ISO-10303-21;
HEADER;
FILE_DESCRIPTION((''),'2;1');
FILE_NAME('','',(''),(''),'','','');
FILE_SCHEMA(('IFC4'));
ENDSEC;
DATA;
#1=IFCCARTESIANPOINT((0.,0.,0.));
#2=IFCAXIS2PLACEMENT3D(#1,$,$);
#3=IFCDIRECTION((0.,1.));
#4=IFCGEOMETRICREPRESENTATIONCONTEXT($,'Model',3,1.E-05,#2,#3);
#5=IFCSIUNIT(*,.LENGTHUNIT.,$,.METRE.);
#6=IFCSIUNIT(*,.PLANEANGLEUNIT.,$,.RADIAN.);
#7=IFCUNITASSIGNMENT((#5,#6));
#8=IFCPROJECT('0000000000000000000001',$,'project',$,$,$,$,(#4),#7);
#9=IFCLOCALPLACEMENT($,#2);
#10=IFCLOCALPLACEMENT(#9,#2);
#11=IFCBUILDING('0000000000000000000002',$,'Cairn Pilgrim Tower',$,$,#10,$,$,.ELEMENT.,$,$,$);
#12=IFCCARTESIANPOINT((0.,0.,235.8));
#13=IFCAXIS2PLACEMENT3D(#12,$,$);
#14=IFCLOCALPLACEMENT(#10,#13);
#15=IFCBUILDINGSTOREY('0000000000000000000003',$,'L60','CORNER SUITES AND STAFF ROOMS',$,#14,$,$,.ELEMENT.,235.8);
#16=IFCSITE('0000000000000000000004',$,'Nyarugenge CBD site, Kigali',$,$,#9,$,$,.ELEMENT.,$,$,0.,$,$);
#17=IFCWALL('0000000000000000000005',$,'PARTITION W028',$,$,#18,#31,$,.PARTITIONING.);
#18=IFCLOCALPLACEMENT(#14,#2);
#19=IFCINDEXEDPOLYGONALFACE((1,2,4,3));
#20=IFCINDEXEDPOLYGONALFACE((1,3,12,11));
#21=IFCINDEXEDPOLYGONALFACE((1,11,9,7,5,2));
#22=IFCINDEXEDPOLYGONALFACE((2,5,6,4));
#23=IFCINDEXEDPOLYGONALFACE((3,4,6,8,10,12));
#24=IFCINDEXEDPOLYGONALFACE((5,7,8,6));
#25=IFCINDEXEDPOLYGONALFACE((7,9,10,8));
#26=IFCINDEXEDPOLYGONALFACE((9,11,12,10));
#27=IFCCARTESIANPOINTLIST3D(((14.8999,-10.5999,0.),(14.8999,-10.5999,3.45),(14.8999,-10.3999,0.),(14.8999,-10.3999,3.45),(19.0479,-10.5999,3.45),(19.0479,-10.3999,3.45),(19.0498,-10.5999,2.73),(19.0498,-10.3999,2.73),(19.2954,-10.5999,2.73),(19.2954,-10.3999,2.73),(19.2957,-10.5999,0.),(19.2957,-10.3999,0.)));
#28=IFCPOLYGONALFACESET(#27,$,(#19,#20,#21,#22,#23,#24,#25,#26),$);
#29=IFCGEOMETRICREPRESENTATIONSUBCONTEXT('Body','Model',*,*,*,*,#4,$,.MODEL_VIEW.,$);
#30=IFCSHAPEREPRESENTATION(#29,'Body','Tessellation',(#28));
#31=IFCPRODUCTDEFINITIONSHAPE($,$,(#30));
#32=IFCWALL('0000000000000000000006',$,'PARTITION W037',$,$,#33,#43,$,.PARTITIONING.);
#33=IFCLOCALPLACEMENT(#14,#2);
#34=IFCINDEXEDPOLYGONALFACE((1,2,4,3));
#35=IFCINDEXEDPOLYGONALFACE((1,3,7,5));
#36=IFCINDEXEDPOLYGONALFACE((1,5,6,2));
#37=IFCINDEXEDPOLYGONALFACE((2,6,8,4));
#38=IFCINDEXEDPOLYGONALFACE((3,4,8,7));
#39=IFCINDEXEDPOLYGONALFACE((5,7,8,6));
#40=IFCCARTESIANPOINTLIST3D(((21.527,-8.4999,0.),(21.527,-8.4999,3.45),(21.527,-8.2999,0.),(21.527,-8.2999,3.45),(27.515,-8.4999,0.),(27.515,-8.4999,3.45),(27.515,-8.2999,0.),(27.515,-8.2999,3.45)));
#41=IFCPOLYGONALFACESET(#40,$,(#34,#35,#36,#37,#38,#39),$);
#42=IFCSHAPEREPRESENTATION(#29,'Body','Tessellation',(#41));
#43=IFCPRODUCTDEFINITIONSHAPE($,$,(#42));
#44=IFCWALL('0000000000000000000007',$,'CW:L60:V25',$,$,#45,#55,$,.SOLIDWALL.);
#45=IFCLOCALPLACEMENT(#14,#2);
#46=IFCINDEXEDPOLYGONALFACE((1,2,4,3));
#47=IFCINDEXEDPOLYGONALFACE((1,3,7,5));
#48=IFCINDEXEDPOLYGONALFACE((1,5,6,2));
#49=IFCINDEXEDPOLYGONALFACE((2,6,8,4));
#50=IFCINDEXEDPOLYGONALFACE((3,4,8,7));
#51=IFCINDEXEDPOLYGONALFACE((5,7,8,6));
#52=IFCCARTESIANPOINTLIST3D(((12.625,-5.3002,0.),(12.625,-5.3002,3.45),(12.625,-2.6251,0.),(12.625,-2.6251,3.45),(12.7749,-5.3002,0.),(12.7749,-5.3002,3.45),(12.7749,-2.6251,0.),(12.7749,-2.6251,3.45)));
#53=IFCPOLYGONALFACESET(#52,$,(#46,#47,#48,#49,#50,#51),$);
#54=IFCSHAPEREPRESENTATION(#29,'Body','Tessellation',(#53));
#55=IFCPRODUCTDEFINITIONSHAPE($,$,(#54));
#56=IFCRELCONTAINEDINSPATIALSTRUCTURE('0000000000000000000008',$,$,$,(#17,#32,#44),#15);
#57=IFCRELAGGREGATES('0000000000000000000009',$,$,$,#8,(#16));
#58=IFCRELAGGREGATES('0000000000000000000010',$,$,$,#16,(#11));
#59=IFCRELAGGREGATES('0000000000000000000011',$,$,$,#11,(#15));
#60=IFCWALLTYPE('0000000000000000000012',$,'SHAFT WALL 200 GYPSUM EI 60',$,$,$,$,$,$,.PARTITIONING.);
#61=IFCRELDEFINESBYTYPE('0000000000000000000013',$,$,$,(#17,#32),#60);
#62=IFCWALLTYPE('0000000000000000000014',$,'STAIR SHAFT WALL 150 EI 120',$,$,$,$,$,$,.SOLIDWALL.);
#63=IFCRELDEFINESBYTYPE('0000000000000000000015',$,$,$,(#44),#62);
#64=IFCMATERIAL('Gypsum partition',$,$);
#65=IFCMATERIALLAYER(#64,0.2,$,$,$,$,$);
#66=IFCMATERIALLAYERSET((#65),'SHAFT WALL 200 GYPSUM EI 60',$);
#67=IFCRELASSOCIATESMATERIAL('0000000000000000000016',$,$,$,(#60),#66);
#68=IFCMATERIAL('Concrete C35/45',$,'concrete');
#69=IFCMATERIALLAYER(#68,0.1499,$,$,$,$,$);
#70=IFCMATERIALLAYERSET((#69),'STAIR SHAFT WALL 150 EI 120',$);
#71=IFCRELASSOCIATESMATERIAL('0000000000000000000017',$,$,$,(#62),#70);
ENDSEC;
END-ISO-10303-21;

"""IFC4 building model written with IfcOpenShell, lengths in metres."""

from ifc_helpers import new_model, si_unit, direction, frame, frame_2d, origin, place, context, subcontext, project, spatial, polyline, rectangle, outline, extrude, material, layer, layer_set, type_object, element, save


model = new_model("IFC4")

# Units and contexts
model_context = context("Model", 3, precision=1e-05, world=origin(), true_north=direction((0.0, 1.0)))
body_context = subcontext(model_context, "Body", "Model", "MODEL_VIEW")
ifc_project = project(units=[si_unit("LENGTHUNIT", "METRE"), si_unit("PLANEANGLEUNIT", "RADIAN")], contexts=[model_context])

# Site, building, storey
site_placement = place(None, origin())
site = spatial("IfcSite", under=ifc_project, at=site_placement, Name="Nyarugenge CBD site, Kigali", CompositionType="ELEMENT", RefElevation=0.0)
building_placement = place(site_placement, origin())
building = spatial("IfcBuilding", under=site, at=building_placement, Name="Cairn Pilgrim Tower", CompositionType="ELEMENT")
storey_placement = place(building_placement, frame((0.0, 0.0, 235.8)))
storey = spatial("IfcBuildingStorey", under=building, at=storey_placement, Name="L60", Description="CORNER SUITES AND STAFF ROOMS", CompositionType="ELEMENT", Elevation=235.8)

# Shared definitions
ifc_material_1 = material(Name="Gypsum partition")

# Walls
ifc_layer_1 = layer(ifc_material_1, 0.2)
ifc_layer_set_1 = layer_set([ifc_layer_1], Name="SHAFT WALL 200 GYPSUM EI 60")
wall_type_1 = type_object("IfcWallType", Name="SHAFT WALL 200 GYPSUM EI 60", PredefinedType="PARTITIONING", material=ifc_layer_set_1)
wall_1_placement = place(storey_placement, frame((14.8999, -10.5, 0.0), z_axis=(0.0, 0.0, 1.0), x_axis=(1.0, 0.0, 0.0)))
element("IfcWall", 1, at=wall_1_placement, inside=storey, type_object=wall_type_1, Name="PARTITION W028", PredefinedType="PARTITIONING", context=body_context, shape_type="SweptSolid", body=[
    extrude(outline(polyline([(0.0, 0.0), (4.3958, 0.0), (4.3955, 2.73), (4.1499, 2.73), (4.1479, 3.45), (0.0, 3.45), (0.0, 0.0)])), frame((0.0, 0.1001, 0.0), z_axis=(0.0, -1.0, 0.0), x_axis=(1.0, 0.0, 0.0)), (0.0, 0.0, 1.0), 0.2),
])
wall_2_placement = place(storey_placement, frame((21.5269, -8.3999, 0.0), z_axis=(0.0, 0.0, 1.0), x_axis=(1.0, 0.0, 0.0)))
element("IfcWall", 2, at=wall_2_placement, inside=storey, type_object=wall_type_1, Name="PARTITION W037", PredefinedType="PARTITIONING", context=body_context, shape_type="SweptSolid", body=[
    extrude(rectangle(XDim=5.988, YDim=0.2, at=frame_2d((2.9941, 0.0))), origin(), (0.0, 0.0, 1.0), 3.45),
])
ifc_material_2 = material(Name="Concrete C35/45", Category="concrete")
ifc_layer_2 = layer(ifc_material_2, 0.1499)
ifc_layer_set_2 = layer_set([ifc_layer_2], Name="STAIR SHAFT WALL 150 EI 120")
wall_type_2 = type_object("IfcWallType", Name="STAIR SHAFT WALL 150 EI 120", PredefinedType="SOLIDWALL", material=ifc_layer_set_2)
wall_3_placement = place(storey_placement, frame((12.7, -5.3, 0.0), z_axis=(0.0, 0.0, 1.0), x_axis=(0.0, 1.0, 0.0)))
element("IfcWall", 3, at=wall_3_placement, inside=storey, type_object=wall_type_2, Name="CW:L60:V25", PredefinedType="SOLIDWALL", context=body_context, shape_type="SweptSolid", body=[
    extrude(rectangle(XDim=2.675, YDim=0.1499, at=frame_2d((1.3374, 0.0))), origin(), (0.0, 0.0, 1.0), 3.45),
])

save(model, "model.ifc")
